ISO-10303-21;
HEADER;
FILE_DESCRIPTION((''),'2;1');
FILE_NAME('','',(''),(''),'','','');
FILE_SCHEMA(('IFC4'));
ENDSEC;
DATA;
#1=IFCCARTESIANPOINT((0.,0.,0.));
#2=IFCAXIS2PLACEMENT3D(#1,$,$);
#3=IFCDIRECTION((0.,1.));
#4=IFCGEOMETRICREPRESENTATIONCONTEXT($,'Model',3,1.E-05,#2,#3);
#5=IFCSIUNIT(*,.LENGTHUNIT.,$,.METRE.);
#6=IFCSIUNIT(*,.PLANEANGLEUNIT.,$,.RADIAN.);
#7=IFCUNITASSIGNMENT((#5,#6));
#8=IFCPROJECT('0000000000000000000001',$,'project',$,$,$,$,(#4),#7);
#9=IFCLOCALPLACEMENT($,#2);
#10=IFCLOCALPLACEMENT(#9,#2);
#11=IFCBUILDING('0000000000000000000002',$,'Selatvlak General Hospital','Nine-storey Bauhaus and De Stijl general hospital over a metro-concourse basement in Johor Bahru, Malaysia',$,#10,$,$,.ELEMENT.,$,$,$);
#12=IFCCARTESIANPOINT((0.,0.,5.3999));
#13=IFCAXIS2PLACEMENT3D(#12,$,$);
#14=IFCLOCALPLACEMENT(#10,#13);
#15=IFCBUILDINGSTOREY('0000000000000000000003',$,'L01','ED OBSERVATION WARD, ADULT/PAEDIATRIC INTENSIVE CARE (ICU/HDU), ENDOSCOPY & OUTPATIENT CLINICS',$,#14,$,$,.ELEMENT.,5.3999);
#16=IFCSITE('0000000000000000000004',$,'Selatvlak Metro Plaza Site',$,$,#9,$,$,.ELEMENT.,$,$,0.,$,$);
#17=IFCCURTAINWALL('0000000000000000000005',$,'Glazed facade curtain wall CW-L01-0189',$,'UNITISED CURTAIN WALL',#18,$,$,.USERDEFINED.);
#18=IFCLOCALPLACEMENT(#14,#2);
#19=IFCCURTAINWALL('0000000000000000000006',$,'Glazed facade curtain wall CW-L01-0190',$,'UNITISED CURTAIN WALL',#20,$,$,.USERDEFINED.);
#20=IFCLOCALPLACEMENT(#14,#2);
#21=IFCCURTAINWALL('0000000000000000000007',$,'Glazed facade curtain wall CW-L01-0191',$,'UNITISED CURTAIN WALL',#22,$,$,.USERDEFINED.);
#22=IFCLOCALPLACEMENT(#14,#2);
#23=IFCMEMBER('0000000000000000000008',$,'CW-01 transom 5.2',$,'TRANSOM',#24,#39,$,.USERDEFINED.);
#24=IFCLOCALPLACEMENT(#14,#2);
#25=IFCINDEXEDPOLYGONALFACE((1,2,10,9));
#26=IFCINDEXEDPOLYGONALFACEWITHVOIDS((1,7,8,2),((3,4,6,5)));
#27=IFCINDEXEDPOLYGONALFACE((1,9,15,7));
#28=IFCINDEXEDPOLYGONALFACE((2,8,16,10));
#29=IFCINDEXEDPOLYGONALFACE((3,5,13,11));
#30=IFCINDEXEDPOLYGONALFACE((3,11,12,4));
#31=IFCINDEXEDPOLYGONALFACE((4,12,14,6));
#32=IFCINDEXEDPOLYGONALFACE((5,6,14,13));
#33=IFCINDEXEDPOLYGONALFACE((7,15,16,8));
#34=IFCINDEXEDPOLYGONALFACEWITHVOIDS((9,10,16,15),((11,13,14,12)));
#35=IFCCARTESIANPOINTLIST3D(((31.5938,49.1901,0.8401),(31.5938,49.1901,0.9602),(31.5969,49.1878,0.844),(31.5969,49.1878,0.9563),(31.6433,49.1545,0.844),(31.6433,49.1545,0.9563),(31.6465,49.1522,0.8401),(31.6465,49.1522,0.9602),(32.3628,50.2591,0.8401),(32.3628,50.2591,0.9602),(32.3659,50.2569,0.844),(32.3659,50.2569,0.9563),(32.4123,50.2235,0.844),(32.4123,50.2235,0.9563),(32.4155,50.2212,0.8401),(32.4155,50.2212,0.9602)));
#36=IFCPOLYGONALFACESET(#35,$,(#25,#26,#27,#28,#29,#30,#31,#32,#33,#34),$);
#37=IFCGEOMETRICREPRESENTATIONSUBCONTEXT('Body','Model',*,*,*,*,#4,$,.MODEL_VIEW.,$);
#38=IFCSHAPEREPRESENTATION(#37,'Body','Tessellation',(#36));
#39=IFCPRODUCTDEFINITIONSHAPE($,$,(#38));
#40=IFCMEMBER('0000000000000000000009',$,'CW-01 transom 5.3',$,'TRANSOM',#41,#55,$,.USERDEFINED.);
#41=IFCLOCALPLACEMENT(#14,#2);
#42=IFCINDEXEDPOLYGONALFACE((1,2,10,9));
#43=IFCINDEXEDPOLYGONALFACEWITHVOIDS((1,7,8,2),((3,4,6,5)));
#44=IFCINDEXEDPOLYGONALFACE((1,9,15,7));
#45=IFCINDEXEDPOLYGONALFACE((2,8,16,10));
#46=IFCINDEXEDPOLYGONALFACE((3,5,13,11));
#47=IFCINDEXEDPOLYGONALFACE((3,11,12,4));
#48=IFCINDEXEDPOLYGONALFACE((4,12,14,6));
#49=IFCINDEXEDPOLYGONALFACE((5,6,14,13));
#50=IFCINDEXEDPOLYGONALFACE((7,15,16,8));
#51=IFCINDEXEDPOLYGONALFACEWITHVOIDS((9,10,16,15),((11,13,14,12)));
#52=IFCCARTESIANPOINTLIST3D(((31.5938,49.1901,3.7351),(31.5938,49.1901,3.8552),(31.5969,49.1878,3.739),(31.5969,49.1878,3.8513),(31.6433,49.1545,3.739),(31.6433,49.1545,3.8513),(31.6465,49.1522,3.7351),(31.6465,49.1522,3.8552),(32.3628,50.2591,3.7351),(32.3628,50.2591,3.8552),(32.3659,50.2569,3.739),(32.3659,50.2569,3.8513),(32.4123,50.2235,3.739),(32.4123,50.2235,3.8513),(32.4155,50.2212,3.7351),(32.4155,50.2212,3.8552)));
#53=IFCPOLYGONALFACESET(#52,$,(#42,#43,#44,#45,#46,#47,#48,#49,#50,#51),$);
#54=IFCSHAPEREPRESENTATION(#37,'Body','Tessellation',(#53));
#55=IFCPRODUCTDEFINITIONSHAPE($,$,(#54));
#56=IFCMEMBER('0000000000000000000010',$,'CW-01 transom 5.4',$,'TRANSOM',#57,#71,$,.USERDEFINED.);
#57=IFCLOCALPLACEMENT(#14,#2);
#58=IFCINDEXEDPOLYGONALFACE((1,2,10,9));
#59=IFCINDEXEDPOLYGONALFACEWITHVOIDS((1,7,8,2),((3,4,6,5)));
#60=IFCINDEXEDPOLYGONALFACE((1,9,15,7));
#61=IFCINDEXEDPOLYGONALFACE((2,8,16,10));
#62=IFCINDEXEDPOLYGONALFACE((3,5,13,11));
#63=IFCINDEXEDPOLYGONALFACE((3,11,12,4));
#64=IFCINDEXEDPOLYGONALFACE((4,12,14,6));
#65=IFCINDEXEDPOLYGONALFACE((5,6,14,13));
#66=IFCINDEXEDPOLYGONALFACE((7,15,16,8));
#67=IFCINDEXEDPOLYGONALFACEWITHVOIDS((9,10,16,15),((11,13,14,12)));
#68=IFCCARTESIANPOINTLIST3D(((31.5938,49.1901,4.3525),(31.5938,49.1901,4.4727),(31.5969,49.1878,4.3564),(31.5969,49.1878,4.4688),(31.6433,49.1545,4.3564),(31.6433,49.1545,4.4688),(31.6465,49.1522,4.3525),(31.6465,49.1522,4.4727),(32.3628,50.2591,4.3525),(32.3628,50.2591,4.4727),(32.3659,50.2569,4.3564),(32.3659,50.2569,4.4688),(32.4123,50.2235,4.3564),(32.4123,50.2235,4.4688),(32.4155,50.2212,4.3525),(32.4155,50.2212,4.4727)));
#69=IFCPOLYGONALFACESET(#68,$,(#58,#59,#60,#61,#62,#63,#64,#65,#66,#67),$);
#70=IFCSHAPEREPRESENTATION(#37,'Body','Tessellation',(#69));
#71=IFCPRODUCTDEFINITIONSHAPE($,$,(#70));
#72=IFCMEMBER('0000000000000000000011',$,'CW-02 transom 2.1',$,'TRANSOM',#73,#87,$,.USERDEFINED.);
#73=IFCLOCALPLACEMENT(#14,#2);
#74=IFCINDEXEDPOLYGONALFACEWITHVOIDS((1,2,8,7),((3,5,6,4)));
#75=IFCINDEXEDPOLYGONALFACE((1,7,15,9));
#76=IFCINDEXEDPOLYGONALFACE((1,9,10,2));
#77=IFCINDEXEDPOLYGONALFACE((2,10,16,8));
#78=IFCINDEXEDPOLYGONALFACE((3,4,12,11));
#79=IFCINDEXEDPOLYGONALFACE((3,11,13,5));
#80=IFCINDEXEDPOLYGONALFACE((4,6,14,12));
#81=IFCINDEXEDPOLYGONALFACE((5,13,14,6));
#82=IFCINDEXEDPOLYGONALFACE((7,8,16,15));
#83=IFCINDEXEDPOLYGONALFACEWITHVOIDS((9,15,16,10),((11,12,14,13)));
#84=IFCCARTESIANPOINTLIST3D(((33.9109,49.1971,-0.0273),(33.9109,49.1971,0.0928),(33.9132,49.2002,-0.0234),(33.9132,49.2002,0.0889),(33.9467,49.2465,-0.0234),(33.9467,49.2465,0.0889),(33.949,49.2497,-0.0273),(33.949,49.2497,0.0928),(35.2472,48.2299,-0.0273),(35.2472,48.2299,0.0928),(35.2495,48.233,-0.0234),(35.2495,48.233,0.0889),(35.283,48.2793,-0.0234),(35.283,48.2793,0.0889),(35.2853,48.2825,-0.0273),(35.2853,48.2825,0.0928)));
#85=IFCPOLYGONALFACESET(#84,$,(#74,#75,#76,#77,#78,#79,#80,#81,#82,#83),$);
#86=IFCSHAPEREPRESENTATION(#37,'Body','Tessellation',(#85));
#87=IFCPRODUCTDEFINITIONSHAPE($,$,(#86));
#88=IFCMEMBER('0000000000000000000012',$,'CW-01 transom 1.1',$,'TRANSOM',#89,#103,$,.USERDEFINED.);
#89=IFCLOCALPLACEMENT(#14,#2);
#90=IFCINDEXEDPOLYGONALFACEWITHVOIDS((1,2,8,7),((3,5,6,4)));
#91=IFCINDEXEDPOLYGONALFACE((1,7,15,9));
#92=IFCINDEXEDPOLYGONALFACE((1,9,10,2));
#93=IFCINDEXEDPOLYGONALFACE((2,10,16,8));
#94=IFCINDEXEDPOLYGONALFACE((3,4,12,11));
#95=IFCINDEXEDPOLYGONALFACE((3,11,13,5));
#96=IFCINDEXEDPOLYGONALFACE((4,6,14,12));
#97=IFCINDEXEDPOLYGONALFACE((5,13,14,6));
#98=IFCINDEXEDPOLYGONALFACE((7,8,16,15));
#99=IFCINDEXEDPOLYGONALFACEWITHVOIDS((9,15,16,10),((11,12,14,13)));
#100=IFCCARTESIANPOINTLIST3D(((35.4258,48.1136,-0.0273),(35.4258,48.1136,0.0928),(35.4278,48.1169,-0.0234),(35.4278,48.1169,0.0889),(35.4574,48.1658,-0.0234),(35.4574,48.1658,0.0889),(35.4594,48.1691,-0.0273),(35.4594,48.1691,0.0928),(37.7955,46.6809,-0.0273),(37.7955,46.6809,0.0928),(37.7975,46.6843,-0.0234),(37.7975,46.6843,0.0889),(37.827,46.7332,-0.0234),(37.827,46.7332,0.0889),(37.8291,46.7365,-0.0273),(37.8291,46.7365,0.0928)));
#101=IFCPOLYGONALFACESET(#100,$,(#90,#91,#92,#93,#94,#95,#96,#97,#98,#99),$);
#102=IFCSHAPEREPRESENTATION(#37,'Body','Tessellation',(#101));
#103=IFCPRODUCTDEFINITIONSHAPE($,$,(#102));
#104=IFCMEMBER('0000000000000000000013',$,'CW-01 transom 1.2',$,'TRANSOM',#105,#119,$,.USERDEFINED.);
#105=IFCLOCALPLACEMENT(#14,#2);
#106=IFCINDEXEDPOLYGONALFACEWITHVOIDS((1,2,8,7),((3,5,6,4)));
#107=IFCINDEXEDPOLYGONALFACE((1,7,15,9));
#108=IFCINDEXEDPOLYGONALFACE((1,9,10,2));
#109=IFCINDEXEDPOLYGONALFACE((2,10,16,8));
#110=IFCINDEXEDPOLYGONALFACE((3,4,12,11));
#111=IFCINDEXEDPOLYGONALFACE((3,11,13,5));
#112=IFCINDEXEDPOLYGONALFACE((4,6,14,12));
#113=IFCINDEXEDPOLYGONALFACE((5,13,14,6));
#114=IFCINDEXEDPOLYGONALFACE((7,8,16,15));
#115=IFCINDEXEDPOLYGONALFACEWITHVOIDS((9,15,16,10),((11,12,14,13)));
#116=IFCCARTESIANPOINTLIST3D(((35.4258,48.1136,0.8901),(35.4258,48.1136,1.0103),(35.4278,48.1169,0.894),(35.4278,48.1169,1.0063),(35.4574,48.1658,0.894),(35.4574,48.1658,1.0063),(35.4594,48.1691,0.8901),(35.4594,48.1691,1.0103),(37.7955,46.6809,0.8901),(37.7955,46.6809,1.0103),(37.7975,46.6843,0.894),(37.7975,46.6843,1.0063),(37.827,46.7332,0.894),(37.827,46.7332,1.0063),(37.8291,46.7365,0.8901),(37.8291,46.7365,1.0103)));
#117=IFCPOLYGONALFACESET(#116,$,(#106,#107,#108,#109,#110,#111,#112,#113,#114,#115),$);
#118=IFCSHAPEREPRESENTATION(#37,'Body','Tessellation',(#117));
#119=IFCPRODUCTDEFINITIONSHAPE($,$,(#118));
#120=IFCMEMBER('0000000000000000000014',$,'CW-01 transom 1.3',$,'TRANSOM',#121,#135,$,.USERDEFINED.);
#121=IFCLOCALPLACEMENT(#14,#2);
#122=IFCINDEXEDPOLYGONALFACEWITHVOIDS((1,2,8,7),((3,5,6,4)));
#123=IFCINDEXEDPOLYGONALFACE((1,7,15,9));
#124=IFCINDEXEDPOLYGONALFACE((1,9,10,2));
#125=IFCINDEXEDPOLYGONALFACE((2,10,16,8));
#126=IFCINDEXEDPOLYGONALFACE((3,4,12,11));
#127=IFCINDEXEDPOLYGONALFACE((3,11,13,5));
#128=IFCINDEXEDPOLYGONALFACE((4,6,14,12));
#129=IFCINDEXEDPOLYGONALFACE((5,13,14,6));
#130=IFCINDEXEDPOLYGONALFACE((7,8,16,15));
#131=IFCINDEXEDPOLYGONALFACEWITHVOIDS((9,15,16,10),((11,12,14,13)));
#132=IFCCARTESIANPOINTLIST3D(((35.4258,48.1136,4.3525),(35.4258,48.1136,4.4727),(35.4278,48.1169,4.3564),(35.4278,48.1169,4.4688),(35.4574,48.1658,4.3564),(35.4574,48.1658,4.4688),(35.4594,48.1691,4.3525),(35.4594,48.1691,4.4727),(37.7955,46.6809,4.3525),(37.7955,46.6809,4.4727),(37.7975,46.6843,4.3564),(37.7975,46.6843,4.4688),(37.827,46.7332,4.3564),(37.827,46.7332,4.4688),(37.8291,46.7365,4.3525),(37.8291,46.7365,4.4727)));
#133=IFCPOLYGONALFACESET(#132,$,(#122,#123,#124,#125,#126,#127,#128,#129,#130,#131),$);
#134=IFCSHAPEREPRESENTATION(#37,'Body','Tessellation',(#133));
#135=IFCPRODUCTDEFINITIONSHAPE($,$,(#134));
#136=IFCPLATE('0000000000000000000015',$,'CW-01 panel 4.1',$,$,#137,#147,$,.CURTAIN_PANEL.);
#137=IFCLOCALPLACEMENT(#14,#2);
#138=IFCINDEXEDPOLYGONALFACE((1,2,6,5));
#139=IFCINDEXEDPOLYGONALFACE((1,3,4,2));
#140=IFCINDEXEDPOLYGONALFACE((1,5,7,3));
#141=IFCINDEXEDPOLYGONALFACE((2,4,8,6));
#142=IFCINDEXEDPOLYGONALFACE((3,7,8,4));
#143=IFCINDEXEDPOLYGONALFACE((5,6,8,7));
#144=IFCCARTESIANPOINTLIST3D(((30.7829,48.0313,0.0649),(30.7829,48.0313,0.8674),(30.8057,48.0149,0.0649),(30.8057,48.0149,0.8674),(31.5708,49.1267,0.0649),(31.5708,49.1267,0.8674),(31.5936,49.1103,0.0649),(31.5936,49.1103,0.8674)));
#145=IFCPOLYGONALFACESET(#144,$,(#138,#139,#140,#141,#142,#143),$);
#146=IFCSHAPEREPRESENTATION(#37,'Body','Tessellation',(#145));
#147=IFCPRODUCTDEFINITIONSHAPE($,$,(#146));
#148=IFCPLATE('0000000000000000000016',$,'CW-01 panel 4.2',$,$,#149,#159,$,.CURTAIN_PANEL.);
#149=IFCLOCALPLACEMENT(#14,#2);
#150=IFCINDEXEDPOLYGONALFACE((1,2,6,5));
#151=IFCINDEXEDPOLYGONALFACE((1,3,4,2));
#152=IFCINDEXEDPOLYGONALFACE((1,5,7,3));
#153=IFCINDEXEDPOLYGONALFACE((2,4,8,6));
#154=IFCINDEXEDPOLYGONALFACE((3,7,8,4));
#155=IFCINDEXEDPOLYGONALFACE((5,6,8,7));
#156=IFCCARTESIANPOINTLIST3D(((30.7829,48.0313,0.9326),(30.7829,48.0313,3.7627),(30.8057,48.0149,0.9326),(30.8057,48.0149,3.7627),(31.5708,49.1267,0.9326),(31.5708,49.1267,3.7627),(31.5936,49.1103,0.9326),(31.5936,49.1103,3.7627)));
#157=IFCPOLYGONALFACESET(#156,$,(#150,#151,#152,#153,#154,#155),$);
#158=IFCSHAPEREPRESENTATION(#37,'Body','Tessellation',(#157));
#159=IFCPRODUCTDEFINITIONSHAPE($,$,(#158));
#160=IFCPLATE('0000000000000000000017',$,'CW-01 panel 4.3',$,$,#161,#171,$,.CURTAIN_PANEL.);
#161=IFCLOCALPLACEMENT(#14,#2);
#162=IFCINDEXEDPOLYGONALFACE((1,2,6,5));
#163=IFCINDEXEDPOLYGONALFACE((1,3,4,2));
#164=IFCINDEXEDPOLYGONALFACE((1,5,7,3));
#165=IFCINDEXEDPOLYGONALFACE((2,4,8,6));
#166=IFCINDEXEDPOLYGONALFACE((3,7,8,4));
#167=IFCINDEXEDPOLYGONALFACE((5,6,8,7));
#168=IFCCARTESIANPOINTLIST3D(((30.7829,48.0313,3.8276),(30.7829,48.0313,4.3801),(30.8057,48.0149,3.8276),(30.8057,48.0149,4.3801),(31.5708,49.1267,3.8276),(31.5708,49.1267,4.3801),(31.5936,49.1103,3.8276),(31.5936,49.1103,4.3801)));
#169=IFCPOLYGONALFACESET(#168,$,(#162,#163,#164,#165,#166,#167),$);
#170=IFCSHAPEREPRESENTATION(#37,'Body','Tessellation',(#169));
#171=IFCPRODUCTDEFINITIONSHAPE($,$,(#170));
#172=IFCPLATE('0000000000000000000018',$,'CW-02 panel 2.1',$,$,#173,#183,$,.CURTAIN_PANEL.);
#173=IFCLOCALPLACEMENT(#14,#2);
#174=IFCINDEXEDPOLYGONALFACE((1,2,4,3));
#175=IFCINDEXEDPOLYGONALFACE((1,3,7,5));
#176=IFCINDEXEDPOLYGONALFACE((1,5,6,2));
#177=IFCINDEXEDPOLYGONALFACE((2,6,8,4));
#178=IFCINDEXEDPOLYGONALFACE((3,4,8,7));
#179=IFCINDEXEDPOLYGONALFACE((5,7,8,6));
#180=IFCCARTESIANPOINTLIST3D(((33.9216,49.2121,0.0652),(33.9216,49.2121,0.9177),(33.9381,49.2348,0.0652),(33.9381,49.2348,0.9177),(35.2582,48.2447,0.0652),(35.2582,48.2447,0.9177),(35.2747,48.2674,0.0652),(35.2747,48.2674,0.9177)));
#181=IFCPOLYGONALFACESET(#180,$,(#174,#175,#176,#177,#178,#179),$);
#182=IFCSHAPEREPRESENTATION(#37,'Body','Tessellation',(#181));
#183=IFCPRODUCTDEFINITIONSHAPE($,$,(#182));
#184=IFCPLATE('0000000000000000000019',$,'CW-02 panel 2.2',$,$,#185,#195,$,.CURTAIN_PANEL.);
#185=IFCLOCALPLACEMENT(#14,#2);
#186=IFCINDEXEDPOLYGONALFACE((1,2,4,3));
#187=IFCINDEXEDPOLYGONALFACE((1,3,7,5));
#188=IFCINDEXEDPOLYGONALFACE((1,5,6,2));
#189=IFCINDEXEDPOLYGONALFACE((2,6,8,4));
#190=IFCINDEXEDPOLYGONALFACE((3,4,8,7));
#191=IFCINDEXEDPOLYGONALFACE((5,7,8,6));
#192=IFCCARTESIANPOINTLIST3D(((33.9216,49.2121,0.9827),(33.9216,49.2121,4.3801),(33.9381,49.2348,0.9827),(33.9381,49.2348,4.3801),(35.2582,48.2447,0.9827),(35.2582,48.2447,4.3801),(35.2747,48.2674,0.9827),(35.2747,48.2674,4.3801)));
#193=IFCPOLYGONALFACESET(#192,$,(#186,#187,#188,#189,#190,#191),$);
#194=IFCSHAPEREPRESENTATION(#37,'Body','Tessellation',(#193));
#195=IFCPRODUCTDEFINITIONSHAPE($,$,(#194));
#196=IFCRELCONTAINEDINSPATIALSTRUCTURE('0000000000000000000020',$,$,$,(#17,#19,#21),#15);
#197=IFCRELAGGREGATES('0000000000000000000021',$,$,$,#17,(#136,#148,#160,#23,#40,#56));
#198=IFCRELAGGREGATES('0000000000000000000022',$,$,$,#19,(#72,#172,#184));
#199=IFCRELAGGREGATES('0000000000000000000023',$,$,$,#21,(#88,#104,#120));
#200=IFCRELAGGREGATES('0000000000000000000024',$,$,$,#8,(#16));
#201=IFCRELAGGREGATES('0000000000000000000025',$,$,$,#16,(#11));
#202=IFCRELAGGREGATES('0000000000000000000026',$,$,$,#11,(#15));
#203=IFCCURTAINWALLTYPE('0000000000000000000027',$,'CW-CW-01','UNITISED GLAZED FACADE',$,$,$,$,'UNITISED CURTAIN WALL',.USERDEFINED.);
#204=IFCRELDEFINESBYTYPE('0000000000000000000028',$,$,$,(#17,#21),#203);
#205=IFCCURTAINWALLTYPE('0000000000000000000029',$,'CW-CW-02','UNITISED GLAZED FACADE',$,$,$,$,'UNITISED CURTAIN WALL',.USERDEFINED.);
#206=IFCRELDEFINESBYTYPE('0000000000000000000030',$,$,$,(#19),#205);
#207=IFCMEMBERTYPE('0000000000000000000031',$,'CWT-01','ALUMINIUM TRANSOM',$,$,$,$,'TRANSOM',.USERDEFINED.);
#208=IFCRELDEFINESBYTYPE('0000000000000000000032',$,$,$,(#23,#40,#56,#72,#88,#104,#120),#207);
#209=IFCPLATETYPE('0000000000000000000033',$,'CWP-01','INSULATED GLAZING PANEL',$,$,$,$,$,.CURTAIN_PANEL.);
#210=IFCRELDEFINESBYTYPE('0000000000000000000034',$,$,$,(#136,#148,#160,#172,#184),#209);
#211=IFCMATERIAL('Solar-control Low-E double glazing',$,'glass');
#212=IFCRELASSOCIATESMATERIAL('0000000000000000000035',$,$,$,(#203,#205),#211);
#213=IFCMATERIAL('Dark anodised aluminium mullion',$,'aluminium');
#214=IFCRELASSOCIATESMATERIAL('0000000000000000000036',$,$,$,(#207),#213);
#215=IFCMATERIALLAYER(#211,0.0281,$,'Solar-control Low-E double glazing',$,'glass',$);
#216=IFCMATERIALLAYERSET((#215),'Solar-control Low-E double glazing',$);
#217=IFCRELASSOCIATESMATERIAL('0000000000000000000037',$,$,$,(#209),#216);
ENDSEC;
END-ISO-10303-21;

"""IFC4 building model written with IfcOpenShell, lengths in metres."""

from ifc_helpers import new_model, si_unit, direction, frame, origin, origin_2d, place, context, subcontext, project, spatial, rectangle, hollow_rectangle, extrude, material, layer, layer_set, material_profile, profile_set, type_object, element, aggregate, save


model = new_model("IFC4")

# Units and contexts
model_context = context("Model", 3, precision=1e-05, world=origin(), true_north=direction((0.0, 1.0)))
body_context = subcontext(model_context, "Body", "Model", "MODEL_VIEW")
ifc_project = project(units=[si_unit("LENGTHUNIT", "METRE"), si_unit("PLANEANGLEUNIT", "RADIAN")], contexts=[model_context])

# Site, building, storey
site_placement = place(None, origin())
site = spatial("IfcSite", under=ifc_project, at=site_placement, Name="Selatvlak Metro Plaza Site", CompositionType="ELEMENT", RefElevation=0.0)
building_placement = place(site_placement, origin())
building = spatial("IfcBuilding", under=site, at=building_placement, Name="Selatvlak General Hospital", Description="Nine-storey Bauhaus and De Stijl general hospital over a metro-concourse basement in Johor Bahru, Malaysia", CompositionType="ELEMENT")
storey_placement = place(building_placement, frame((0.0, 0.0, 5.3999)))
storey = spatial("IfcBuildingStorey", under=building, at=storey_placement, Name="L01", Description="ED OBSERVATION WARD, ADULT/PAEDIATRIC INTENSIVE CARE (ICU/HDU), ENDOSCOPY & OUTPATIENT CLINICS", CompositionType="ELEMENT", Elevation=5.3999)

# Curtain walls
ifc_material_1 = material(Name="Solar-control Low-E double glazing", Category="glass")
curtain_wall_type_1 = type_object("IfcCurtainWallType", Name="CW-CW-01", Description="UNITISED GLAZED FACADE", ElementType="UNITISED CURTAIN WALL", PredefinedType="USERDEFINED", material=ifc_material_1)
curtain_wall_1_placement = place(storey_placement, origin())
curtain_wall_1 = element("IfcCurtainWall", 1, at=curtain_wall_1_placement, inside=storey, type_object=curtain_wall_type_1, Name="Glazed facade curtain wall CW-L01-0189", ObjectType="UNITISED CURTAIN WALL", PredefinedType="USERDEFINED")
ifc_material_2 = material(Name="Dark anodised aluminium mullion", Category="aluminium")
curtain_wall_type_2 = type_object("IfcCurtainWallType", Name="CW-CW-02", Description="UNITISED GLAZED FACADE", ElementType="UNITISED CURTAIN WALL", PredefinedType="USERDEFINED", material=ifc_material_1)
curtain_wall_2_placement = place(storey_placement, origin())
curtain_wall_2 = element("IfcCurtainWall", 2, at=curtain_wall_2_placement, inside=storey, type_object=curtain_wall_type_2, Name="Glazed facade curtain wall CW-L01-0190", ObjectType="UNITISED CURTAIN WALL", PredefinedType="USERDEFINED")

# Curtain wall
curtain_wall_3_placement = place(storey_placement, origin())
curtain_wall_3 = element("IfcCurtainWall", 3, at=curtain_wall_3_placement, inside=storey, type_object=curtain_wall_type_1, Name="Glazed facade curtain wall CW-L01-0191", ObjectType="UNITISED CURTAIN WALL", PredefinedType="USERDEFINED")

# Members
ifc_material_profile_1 = material_profile(ifc_material_2, hollow_rectangle(XDim=0.0649, YDim=0.1201, WallThickness=0.0039, at=origin_2d()), Name="AL-TRN 65x120x4")
ifc_profile_set_1 = profile_set([ifc_material_profile_1], Name="Dark anodised aluminium mullion")
member_type_1 = type_object("IfcMemberType", Name="CWT-01", Description="ALUMINIUM TRANSOM", ElementType="TRANSOM", PredefinedType="USERDEFINED", material=ifc_profile_set_1)
member_1_placement = place(storey_placement, frame((31.6201, 49.1711, 0.9001), z_axis=(0.583953, 0.811787, 0.0), x_axis=(-0.811787, 0.583953, 0.0)))
member_1 = element("IfcMember", 4, at=member_1_placement, type_object=member_type_1, Name="CW-01 transom 5.2", ObjectType="TRANSOM", PredefinedType="USERDEFINED", context=body_context, shape_type="SweptSolid", body=[
    extrude(hollow_rectangle(XDim=0.0649, YDim=0.1201, WallThickness=0.0039, at=origin_2d()), origin(), (0.0, 0.0, 1.0), 1.3169),
])
member_2_placement = place(storey_placement, frame((31.6201, 49.1711, 3.7952), z_axis=(0.583953, 0.811787, 0.0), x_axis=(-0.811787, 0.583953, 0.0)))
member_2 = element("IfcMember", 5, at=member_2_placement, type_object=member_type_1, Name="CW-01 transom 5.3", ObjectType="TRANSOM", PredefinedType="USERDEFINED", context=body_context, shape_type="SweptSolid", body=[
    extrude(hollow_rectangle(XDim=0.0649, YDim=0.1201, WallThickness=0.0039, at=origin_2d()), origin(), (0.0, 0.0, 1.0), 1.3169),
])
member_3_placement = place(storey_placement, frame((31.6201, 49.1711, 4.4126), z_axis=(0.583953, 0.811787, 0.0), x_axis=(-0.811787, 0.583953, 0.0)))
member_3 = element("IfcMember", 6, at=member_3_placement, type_object=member_type_1, Name="CW-01 transom 5.4", ObjectType="TRANSOM", PredefinedType="USERDEFINED", context=body_context, shape_type="SweptSolid", body=[
    extrude(hollow_rectangle(XDim=0.0649, YDim=0.1201, WallThickness=0.0039, at=origin_2d()), origin(), (0.0, 0.0, 1.0), 1.3169),
])
member_4_placement = place(storey_placement, frame((33.9299, 49.2234, 0.0327), z_axis=(0.810078, -0.586322, 0.0), x_axis=(0.586322, 0.810078, 0.0)))
member_4 = element("IfcMember", 7, at=member_4_placement, type_object=member_type_1, Name="CW-02 transom 2.1", ObjectType="TRANSOM", PredefinedType="USERDEFINED", context=body_context, shape_type="SweptSolid", body=[
    extrude(hollow_rectangle(XDim=0.0649, YDim=0.1201, WallThickness=0.0039, at=origin_2d()), origin(), (0.0, 0.0, 1.0), 1.6497),
])
member_5_placement = place(storey_placement, frame((35.4426, 48.1414, 0.0327), z_axis=(0.855761, -0.517371, 0.0), x_axis=(0.517371, 0.855761, 0.0)))
member_5 = element("IfcMember", 8, at=member_5_placement, type_object=member_type_1, Name="CW-01 transom 1.1", ObjectType="TRANSOM", PredefinedType="USERDEFINED", context=body_context, shape_type="SweptSolid", body=[
    extrude(hollow_rectangle(XDim=0.0649, YDim=0.1201, WallThickness=0.0039, at=origin_2d()), origin(), (0.0, 0.0, 1.0), 2.769),
])
member_6_placement = place(storey_placement, frame((35.4426, 48.1414, 0.9502), z_axis=(0.855761, -0.517371, 0.0), x_axis=(0.517371, 0.855761, 0.0)))
member_6 = element("IfcMember", 9, at=member_6_placement, type_object=member_type_1, Name="CW-01 transom 1.2", ObjectType="TRANSOM", PredefinedType="USERDEFINED", context=body_context, shape_type="SweptSolid", body=[
    extrude(hollow_rectangle(XDim=0.0649, YDim=0.1201, WallThickness=0.0039, at=origin_2d()), origin(), (0.0, 0.0, 1.0), 2.769),
])
member_7_placement = place(storey_placement, frame((35.4426, 48.1414, 4.4126), z_axis=(0.855761, -0.517371, 0.0), x_axis=(0.517371, 0.855761, 0.0)))
member_7 = element("IfcMember", 10, at=member_7_placement, type_object=member_type_1, Name="CW-01 transom 1.3", ObjectType="TRANSOM", PredefinedType="USERDEFINED", context=body_context, shape_type="SweptSolid", body=[
    extrude(hollow_rectangle(XDim=0.0649, YDim=0.1201, WallThickness=0.0039, at=origin_2d()), origin(), (0.0, 0.0, 1.0), 2.769),
])

# Plates
ifc_layer_1 = layer(ifc_material_1, 0.0281, Name="Solar-control Low-E double glazing", Category="glass")
ifc_layer_set_1 = layer_set([ifc_layer_1], Name="Solar-control Low-E double glazing")
plate_type = type_object("IfcPlateType", Name="CWP-01", Description="INSULATED GLAZING PANEL", PredefinedType="CURTAIN_PANEL", material=ifc_layer_set_1)
plate_1_placement = place(storey_placement, frame((31.1882, 48.5708, 0.0649), z_axis=(0.0, 0.0, 1.0), x_axis=(0.583884, 0.811837, 0.0)))
plate_1 = element("IfcPlate", 11, at=plate_1_placement, type_object=plate_type, Name="CW-01 panel 4.1", PredefinedType="CURTAIN_PANEL", context=body_context, shape_type="SweptSolid", body=[
    extrude(rectangle(XDim=1.3494, YDim=0.0281, at=origin_2d()), origin(), (0.0, 0.0, 1.0), 0.8025),
])
plate_2_placement = place(storey_placement, frame((31.1882, 48.5708, 0.9326), z_axis=(0.0, 0.0, 1.0), x_axis=(0.583884, 0.811837, 0.0)))
plate_2 = element("IfcPlate", 12, at=plate_2_placement, type_object=plate_type, Name="CW-01 panel 4.2", PredefinedType="CURTAIN_PANEL", context=body_context, shape_type="SweptSolid", body=[
    extrude(rectangle(XDim=1.3494, YDim=0.0281, at=origin_2d()), origin(), (0.0, 0.0, 1.0), 2.8301),
])
plate_3_placement = place(storey_placement, frame((31.1882, 48.5708, 3.8276), z_axis=(0.0, 0.0, 1.0), x_axis=(0.583884, 0.811837, 0.0)))
plate_3 = element("IfcPlate", 13, at=plate_3_placement, type_object=plate_type, Name="CW-01 panel 4.3", PredefinedType="CURTAIN_PANEL", context=body_context, shape_type="SweptSolid", body=[
    extrude(rectangle(XDim=1.3494, YDim=0.0281, at=origin_2d()), origin(), (0.0, 0.0, 1.0), 0.5525),
])
aggregate(curtain_wall_1, [plate_1, plate_2, plate_3, member_1, member_2, member_3])
plate_4_placement = place(storey_placement, frame((34.5981, 48.7397, 0.0652), z_axis=(0.0, 0.0, 1.0), x_axis=(0.810083, -0.586316, 0.0)))
plate_4 = element("IfcPlate", 14, at=plate_4_placement, type_object=plate_type, Name="CW-02 panel 2.1", PredefinedType="CURTAIN_PANEL", context=body_context, shape_type="SweptSolid", body=[
    extrude(rectangle(XDim=1.6499, YDim=0.0281, at=origin_2d()), origin(), (0.0, 0.0, 1.0), 0.8525),
])
plate_5_placement = place(storey_placement, frame((34.5981, 48.7397, 0.9827), z_axis=(0.0, 0.0, 1.0), x_axis=(0.810083, -0.586316, 0.0)))
plate_5 = element("IfcPlate", 15, at=plate_5_placement, type_object=plate_type, Name="CW-02 panel 2.2", PredefinedType="CURTAIN_PANEL", context=body_context, shape_type="SweptSolid", body=[
    extrude(rectangle(XDim=1.6499, YDim=0.0281, at=origin_2d()), origin(), (0.0, 0.0, 1.0), 3.3975),
])
aggregate(curtain_wall_2, [member_4, plate_4, plate_5])
aggregate(curtain_wall_3, [member_5, member_6, member_7])

save(model, "model.ifc")
